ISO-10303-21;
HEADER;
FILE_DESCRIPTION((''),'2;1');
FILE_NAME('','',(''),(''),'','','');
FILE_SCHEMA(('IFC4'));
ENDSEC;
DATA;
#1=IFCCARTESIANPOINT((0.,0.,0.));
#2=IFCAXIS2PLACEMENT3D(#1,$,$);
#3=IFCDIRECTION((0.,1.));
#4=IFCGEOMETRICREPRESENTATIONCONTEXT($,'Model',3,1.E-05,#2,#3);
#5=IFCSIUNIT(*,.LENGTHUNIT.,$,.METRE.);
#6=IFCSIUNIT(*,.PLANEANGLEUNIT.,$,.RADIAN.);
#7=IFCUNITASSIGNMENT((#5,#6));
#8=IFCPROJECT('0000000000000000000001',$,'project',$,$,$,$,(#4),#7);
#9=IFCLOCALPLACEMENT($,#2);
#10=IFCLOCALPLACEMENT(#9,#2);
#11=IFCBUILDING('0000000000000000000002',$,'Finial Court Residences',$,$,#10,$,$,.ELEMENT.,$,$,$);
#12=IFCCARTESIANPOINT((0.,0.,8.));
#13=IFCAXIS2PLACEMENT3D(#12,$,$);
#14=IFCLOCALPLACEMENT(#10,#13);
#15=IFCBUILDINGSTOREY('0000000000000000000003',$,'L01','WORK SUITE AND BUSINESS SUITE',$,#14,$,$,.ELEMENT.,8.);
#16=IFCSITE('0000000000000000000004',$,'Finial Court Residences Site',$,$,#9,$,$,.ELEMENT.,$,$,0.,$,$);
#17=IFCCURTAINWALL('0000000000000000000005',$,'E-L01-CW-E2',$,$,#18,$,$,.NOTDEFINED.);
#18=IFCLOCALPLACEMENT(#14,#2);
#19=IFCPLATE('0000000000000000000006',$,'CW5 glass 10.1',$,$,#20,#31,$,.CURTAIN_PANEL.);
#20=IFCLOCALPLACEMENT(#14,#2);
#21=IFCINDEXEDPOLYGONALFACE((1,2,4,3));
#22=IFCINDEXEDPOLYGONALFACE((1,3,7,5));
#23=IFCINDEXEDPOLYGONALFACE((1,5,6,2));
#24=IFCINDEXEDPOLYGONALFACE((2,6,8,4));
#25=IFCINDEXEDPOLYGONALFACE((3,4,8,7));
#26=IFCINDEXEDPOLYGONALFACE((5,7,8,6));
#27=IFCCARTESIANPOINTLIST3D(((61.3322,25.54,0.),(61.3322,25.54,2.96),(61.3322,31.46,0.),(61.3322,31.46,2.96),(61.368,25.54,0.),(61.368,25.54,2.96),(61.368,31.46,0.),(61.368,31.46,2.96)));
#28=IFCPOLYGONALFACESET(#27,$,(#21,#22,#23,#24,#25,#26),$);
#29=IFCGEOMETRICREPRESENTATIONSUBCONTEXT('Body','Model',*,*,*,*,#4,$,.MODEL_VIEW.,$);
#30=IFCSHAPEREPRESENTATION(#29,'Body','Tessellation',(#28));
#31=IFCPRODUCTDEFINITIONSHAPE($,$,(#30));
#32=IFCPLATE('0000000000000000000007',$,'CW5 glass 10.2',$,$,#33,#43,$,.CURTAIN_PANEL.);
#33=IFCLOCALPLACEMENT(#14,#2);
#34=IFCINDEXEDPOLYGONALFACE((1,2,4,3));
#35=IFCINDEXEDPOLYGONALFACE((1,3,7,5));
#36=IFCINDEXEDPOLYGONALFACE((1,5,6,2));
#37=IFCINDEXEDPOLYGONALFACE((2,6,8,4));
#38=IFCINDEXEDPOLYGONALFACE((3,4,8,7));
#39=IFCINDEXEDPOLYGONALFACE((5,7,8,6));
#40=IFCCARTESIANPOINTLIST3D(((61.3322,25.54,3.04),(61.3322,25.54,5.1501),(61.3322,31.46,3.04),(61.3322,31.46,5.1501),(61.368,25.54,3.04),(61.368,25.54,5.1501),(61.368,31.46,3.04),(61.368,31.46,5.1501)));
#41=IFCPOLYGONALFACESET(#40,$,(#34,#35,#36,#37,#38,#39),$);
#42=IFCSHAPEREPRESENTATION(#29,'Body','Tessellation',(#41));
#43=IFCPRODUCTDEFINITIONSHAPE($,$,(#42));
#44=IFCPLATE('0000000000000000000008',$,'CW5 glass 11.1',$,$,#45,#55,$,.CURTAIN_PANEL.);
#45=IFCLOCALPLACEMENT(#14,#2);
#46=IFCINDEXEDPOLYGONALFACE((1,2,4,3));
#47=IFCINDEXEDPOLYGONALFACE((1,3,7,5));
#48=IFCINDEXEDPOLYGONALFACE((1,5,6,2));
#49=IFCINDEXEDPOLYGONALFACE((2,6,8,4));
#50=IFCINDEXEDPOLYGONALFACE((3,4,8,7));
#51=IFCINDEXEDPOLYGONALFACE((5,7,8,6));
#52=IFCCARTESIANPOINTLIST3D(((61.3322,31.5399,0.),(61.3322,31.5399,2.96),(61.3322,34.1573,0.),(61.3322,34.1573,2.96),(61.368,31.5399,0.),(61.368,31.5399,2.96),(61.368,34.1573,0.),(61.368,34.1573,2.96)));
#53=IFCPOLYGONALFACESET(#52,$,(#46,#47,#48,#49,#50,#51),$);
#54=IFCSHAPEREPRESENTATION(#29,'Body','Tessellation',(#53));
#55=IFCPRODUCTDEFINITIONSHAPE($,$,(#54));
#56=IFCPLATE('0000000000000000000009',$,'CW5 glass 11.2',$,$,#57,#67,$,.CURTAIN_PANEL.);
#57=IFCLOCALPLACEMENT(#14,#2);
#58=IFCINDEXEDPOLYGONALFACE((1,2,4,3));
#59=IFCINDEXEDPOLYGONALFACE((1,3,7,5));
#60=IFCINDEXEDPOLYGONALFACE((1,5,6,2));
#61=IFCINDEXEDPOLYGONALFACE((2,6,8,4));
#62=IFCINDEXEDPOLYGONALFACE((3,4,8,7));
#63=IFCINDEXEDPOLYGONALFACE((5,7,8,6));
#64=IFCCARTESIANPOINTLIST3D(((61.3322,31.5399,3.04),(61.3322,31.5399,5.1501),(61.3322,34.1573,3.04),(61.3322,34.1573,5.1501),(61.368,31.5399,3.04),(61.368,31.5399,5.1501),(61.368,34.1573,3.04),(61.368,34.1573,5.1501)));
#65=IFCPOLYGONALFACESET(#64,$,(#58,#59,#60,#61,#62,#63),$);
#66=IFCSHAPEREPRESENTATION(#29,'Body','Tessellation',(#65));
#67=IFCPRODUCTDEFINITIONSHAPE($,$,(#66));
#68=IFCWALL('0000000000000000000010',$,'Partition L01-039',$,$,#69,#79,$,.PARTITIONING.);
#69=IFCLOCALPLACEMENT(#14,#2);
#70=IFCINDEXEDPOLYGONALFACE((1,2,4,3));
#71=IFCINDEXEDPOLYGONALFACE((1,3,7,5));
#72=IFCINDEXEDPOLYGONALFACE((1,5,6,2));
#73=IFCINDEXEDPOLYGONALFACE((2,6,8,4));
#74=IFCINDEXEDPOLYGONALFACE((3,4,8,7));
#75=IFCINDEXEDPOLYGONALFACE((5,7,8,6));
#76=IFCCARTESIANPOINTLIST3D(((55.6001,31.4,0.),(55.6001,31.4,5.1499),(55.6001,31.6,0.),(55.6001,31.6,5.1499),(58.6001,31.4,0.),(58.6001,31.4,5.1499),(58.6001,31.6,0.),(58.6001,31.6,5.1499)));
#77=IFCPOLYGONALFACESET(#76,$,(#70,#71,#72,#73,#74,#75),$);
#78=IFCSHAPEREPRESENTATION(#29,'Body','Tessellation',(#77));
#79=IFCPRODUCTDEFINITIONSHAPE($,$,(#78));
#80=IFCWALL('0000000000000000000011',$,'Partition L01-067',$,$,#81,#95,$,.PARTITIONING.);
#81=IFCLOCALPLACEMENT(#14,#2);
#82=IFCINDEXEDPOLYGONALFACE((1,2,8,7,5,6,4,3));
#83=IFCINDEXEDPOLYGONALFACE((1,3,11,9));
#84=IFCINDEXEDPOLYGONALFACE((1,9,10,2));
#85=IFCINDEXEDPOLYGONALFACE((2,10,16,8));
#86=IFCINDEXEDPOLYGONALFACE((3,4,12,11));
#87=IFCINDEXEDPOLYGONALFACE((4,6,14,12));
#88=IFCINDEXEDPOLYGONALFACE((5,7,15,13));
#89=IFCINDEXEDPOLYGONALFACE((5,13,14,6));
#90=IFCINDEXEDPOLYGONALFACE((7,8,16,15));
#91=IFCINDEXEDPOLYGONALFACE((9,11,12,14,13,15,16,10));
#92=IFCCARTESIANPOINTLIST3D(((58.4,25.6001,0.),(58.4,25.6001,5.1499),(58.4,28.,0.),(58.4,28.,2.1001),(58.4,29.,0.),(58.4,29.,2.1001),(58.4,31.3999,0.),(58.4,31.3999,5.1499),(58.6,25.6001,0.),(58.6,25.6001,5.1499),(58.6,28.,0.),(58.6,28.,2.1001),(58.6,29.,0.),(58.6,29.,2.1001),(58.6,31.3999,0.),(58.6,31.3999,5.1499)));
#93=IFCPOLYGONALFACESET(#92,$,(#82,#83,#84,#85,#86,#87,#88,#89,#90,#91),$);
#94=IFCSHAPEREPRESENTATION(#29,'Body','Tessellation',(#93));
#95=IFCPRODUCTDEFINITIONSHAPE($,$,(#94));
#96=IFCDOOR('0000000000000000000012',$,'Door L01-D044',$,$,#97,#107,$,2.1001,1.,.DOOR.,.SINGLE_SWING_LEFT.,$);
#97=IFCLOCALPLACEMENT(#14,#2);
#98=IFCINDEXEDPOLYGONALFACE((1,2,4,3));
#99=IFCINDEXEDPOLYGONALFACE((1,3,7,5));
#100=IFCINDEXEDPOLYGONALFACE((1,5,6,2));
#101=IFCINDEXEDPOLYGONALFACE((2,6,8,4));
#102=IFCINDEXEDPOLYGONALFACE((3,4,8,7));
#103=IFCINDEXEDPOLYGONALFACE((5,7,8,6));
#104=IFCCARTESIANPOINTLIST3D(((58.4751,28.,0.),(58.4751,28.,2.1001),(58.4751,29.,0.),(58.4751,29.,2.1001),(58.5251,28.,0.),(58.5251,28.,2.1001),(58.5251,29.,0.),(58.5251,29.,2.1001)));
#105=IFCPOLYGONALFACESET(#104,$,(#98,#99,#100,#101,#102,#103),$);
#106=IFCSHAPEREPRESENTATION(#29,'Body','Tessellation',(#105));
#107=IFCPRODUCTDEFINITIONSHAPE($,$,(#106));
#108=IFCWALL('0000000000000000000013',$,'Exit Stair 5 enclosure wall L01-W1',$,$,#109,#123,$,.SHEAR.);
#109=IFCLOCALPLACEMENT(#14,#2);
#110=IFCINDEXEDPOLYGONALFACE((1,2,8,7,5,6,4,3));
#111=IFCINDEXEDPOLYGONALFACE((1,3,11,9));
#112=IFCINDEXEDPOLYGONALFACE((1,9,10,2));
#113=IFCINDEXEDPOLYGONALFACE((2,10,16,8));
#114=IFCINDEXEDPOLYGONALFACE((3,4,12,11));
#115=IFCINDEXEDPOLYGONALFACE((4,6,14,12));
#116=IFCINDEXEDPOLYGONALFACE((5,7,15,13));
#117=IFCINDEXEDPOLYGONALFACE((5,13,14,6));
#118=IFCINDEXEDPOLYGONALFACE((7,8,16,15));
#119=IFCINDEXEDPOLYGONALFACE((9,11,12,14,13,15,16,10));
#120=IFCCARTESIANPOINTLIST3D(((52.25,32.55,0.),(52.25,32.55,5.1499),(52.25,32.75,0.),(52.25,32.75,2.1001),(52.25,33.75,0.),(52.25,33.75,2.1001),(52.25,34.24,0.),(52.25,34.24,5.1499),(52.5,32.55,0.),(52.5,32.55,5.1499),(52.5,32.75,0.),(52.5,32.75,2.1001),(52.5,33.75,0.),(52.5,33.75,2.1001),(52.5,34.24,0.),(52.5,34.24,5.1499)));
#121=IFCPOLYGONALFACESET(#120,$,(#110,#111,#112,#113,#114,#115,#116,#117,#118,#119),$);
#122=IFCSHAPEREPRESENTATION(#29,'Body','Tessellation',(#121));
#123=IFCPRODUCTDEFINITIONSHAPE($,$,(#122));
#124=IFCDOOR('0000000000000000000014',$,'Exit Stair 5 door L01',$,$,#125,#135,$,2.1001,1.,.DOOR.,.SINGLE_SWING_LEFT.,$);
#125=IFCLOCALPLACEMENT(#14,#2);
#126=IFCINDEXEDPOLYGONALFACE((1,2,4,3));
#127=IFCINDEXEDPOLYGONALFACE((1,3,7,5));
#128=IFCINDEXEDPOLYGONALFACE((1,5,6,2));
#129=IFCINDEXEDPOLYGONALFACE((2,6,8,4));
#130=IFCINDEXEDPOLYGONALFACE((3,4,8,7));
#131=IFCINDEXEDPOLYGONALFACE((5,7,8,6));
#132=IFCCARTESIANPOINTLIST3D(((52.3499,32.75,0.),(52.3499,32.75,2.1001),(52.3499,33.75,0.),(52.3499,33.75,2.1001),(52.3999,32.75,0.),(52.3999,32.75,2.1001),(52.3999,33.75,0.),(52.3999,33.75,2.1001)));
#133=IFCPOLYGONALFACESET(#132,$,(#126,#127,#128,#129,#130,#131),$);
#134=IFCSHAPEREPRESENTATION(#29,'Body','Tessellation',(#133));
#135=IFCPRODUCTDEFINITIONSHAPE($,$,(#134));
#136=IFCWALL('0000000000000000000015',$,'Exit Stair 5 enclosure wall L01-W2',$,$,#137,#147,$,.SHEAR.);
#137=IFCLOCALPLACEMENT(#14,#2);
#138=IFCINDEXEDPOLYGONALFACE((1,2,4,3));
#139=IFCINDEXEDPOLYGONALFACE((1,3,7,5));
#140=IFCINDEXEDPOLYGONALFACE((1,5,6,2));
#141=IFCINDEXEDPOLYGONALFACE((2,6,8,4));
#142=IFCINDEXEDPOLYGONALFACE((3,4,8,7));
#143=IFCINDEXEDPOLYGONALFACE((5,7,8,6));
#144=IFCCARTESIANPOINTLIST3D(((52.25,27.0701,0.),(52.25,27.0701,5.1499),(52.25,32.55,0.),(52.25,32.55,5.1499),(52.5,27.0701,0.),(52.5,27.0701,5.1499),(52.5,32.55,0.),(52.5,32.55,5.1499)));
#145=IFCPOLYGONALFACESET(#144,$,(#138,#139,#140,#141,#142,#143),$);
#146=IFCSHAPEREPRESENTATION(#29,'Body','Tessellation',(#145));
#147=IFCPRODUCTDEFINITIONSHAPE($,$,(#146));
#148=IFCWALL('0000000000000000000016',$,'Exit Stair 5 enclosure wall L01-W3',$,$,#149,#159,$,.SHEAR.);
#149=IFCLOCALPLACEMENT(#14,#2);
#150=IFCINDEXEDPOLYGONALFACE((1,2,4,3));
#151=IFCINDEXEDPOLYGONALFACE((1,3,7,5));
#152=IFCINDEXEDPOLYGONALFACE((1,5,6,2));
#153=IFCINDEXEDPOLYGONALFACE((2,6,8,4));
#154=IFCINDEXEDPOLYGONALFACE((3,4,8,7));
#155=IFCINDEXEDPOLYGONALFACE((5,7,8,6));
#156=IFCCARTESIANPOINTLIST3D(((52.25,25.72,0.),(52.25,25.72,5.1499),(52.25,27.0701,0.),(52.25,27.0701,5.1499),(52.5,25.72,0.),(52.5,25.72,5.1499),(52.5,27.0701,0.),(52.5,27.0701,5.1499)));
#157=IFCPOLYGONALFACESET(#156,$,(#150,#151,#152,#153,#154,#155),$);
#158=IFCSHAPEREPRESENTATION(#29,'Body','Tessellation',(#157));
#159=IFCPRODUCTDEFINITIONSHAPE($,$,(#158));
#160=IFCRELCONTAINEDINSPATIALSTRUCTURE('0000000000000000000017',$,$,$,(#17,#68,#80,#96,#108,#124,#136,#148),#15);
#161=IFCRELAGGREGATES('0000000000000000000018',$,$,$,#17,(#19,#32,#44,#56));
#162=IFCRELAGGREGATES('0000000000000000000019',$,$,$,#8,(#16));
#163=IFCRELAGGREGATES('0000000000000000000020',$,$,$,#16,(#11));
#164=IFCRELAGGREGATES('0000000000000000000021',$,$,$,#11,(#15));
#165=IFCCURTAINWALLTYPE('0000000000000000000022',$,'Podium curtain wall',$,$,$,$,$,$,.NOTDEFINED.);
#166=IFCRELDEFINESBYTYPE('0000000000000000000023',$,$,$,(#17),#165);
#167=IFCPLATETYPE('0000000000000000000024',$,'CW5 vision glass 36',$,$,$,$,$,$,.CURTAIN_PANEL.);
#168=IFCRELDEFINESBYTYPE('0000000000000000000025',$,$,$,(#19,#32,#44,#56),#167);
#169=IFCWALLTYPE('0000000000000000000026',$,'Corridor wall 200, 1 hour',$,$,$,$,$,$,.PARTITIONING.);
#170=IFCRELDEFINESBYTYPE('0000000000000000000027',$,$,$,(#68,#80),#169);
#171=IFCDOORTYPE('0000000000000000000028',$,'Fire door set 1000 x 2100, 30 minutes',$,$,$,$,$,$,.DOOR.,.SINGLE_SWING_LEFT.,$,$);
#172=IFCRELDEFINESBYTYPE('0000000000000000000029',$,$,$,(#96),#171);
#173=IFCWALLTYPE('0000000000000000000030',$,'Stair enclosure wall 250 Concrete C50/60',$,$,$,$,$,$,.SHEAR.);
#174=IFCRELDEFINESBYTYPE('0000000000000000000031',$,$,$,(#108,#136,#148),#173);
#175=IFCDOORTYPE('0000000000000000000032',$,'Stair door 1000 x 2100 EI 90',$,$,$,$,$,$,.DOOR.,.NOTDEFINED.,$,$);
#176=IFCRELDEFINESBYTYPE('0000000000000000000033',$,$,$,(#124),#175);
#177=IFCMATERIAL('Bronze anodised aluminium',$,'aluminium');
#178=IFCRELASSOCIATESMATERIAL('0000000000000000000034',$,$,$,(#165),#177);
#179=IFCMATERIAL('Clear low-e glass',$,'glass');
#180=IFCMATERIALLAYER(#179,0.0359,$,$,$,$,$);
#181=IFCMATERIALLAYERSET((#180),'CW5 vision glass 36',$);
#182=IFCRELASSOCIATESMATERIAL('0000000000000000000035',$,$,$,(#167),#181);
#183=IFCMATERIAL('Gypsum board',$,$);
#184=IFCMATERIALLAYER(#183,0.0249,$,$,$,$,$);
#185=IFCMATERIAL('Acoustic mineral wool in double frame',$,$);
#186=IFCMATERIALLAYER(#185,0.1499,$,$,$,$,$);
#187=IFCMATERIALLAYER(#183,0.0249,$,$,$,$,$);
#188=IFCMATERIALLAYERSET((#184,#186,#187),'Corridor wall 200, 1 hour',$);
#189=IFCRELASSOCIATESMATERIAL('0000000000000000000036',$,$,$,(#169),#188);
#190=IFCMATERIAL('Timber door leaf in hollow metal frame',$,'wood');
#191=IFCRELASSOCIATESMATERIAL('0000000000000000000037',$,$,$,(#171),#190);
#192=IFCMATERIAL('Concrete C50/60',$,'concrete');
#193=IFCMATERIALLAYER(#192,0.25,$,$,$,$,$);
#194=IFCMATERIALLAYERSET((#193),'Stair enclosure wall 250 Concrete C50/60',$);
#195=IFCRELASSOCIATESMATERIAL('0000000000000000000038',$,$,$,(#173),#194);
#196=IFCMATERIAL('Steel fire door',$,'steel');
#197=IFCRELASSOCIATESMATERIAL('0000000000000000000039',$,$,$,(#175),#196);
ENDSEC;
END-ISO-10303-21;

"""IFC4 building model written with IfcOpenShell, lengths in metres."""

from ifc_helpers import new_model, si_unit, direction, frame, frame_2d, origin, origin_2d, place, context, subcontext, project, spatial, rectangle, extrude, material, layer, layer_set, type_object, element, fill, aggregate, save


model = new_model("IFC4")

# Units and contexts
model_context = context("Model", 3, precision=1e-05, world=origin(), true_north=direction((0.0, 1.0)))
body_context = subcontext(model_context, "Body", "Model", "MODEL_VIEW")
ifc_project = project(units=[si_unit("LENGTHUNIT", "METRE"), si_unit("PLANEANGLEUNIT", "RADIAN")], contexts=[model_context])

# Site, building, storey
site_placement = place(None, origin())
site = spatial("IfcSite", under=ifc_project, at=site_placement, Name="Finial Court Residences Site", CompositionType="ELEMENT", RefElevation=0.0)
building_placement = place(site_placement, origin())
building = spatial("IfcBuilding", under=site, at=building_placement, Name="Finial Court Residences", CompositionType="ELEMENT")
storey_placement = place(building_placement, frame((0.0, 0.0, 8.0)))
storey = spatial("IfcBuildingStorey", under=building, at=storey_placement, Name="L01", Description="WORK SUITE AND BUSINESS SUITE", CompositionType="ELEMENT", Elevation=8.0)

# Shared definitions
ifc_material_1 = material(Name="Concrete C50/60", Category="concrete")

# Curtain wall
ifc_material_2 = material(Name="Bronze anodised aluminium", Category="aluminium")
curtain_wall_type = type_object("IfcCurtainWallType", Name="Podium curtain wall", PredefinedType="NOTDEFINED", material=ifc_material_2)
curtain_wall_1_placement = place(storey_placement, origin())
curtain_wall_1 = element("IfcCurtainWall", 1, at=curtain_wall_1_placement, inside=storey, type_object=curtain_wall_type, Name="E-L01-CW-E2", PredefinedType="NOTDEFINED")

# Plates
ifc_material_3 = material(Name="Clear low-e glass", Category="glass")
ifc_layer_1 = layer(ifc_material_3, 0.0359)
ifc_layer_set_1 = layer_set([ifc_layer_1], Name="CW5 vision glass 36")
plate_type = type_object("IfcPlateType", Name="CW5 vision glass 36", PredefinedType="CURTAIN_PANEL", material=ifc_layer_set_1)
plate_1_placement = place(storey_placement, frame((61.3501, 28.5, 0.0), z_axis=(0.0, 0.0, 1.0), x_axis=(0.0, 1.0, 0.0)))
plate_1 = element("IfcPlate", 2, at=plate_1_placement, type_object=plate_type, Name="CW5 glass 10.1", PredefinedType="CURTAIN_PANEL", context=body_context, shape_type="SweptSolid", body=[
    extrude(rectangle(XDim=5.9199, YDim=0.0359, at=origin_2d()), origin(), (0.0, 0.0, 1.0), 2.96),
])
plate_2_placement = place(storey_placement, frame((61.3501, 28.5, 3.04), z_axis=(0.0, 0.0, 1.0), x_axis=(0.0, 1.0, 0.0)))
plate_2 = element("IfcPlate", 3, at=plate_2_placement, type_object=plate_type, Name="CW5 glass 10.2", PredefinedType="CURTAIN_PANEL", context=body_context, shape_type="SweptSolid", body=[
    extrude(rectangle(XDim=5.9199, YDim=0.0359, at=origin_2d()), origin(), (0.0, 0.0, 1.0), 2.1101),
])
plate_3_placement = place(storey_placement, frame((61.3501, 32.8486, 0.0), z_axis=(0.0, 0.0, 1.0), x_axis=(0.0, 1.0, 0.0)))
plate_3 = element("IfcPlate", 4, at=plate_3_placement, type_object=plate_type, Name="CW5 glass 11.1", PredefinedType="CURTAIN_PANEL", context=body_context, shape_type="SweptSolid", body=[
    extrude(rectangle(XDim=2.6174, YDim=0.0359, at=origin_2d()), origin(), (0.0, 0.0, 1.0), 2.96),
])
plate_4_placement = place(storey_placement, frame((61.3501, 32.8486, 3.04), z_axis=(0.0, 0.0, 1.0), x_axis=(0.0, 1.0, 0.0)))
plate_4 = element("IfcPlate", 5, at=plate_4_placement, type_object=plate_type, Name="CW5 glass 11.2", PredefinedType="CURTAIN_PANEL", context=body_context, shape_type="SweptSolid", body=[
    extrude(rectangle(XDim=2.6174, YDim=0.0359, at=origin_2d()), origin(), (0.0, 0.0, 1.0), 2.1101),
])
aggregate(curtain_wall_1, [plate_1, plate_2, plate_3, plate_4])

# Wall
ifc_material_4 = material(Name="Gypsum board")
ifc_layer_2 = layer(ifc_material_4, 0.0249)
ifc_material_5 = material(Name="Acoustic mineral wool in double frame")
ifc_layer_3 = layer(ifc_material_5, 0.1499)
ifc_layer_4 = layer(ifc_material_4, 0.0249)
ifc_layer_set_2 = layer_set([ifc_layer_2, ifc_layer_3, ifc_layer_4], Name="Corridor wall 200, 1 hour")
wall_type_1 = type_object("IfcWallType", Name="Corridor wall 200, 1 hour", PredefinedType="PARTITIONING", material=ifc_layer_set_2)
wall_1_placement = place(storey_placement, frame((55.6001, 31.5, 0.0), z_axis=(0.0, 0.0, 1.0), x_axis=(1.0, 0.0, 0.0)))
element("IfcWall", 6, at=wall_1_placement, inside=storey, type_object=wall_type_1, Name="Partition L01-039", PredefinedType="PARTITIONING", context=body_context, shape_type="SweptSolid", body=[
    extrude(rectangle(XDim=3.0, YDim=0.2, at=frame_2d((1.5, 0.0))), origin(), (0.0, 0.0, 1.0), 5.1499),
])

# Walls, openings, doors
wall_2_placement = place(storey_placement, frame((58.5, 25.6001, 0.0), z_axis=(0.0, 0.0, 1.0), x_axis=(0.0, 1.0, 0.0)))
wall_2 = element("IfcWall", 7, at=wall_2_placement, inside=storey, type_object=wall_type_1, Name="Partition L01-067", PredefinedType="PARTITIONING", context=body_context, shape_type="SweptSolid", body=[
    extrude(rectangle(XDim=5.7998, YDim=0.2, at=frame_2d((2.8999, 0.0))), origin(), (0.0, 0.0, 1.0), 5.1499),
])
opening_1_placement = place(wall_2_placement, frame((2.3999, 0.0, 0.0)))
opening_1 = element("IfcOpeningElement", 8, at=opening_1_placement, cuts=wall_2, PredefinedType="OPENING", context=body_context, shape_type="SweptSolid", body=[
    extrude(rectangle(XDim=1.0, YDim=2.1001, at=frame_2d((0.5, 1.05))), frame((0.0, 0.1099, 0.0), z_axis=(0.0, -1.0, 0.0), x_axis=(1.0, 0.0, 0.0)), (0.0, 0.0, 1.0), 0.22),
])
ifc_material_6 = material(Name="Timber door leaf in hollow metal frame", Category="wood")
door_type_1 = type_object("IfcDoorType", Name="Fire door set 1000 x 2100, 30 minutes", OperationType="SINGLE_SWING_LEFT", PredefinedType="DOOR", material=ifc_material_6)
door_1_placement = place(opening_1_placement, origin())
door_1 = element("IfcDoor", 9, at=door_1_placement, inside=storey, type_object=door_type_1, Name="Door L01-D044", OperationType="SINGLE_SWING_LEFT", OverallHeight=2.1001, OverallWidth=1.0, PredefinedType="DOOR", context=body_context, shape_type="SweptSolid", body=[
    extrude(rectangle(XDim=1.0, YDim=2.1001, at=frame_2d((0.5, 1.05))), frame((0.0, 0.0249, 0.0), z_axis=(0.0, -1.0, 0.0), x_axis=(1.0, 0.0, 0.0)), (0.0, 0.0, 1.0), 0.05),
])
fill(opening_1, door_1)
ifc_layer_5 = layer(ifc_material_1, 0.25)
ifc_layer_set_3 = layer_set([ifc_layer_5], Name="Stair enclosure wall 250 Concrete C50/60")
wall_type_2 = type_object("IfcWallType", Name="Stair enclosure wall 250 Concrete C50/60", PredefinedType="SHEAR", material=ifc_layer_set_3)
wall_3_placement = place(storey_placement, frame((52.375, 34.24, 0.0), z_axis=(0.0, 0.0, 1.0), x_axis=(0.0, -1.0, 0.0)))
wall_3 = element("IfcWall", 10, at=wall_3_placement, inside=storey, type_object=wall_type_2, Name="Exit Stair 5 enclosure wall L01-W1", PredefinedType="SHEAR", context=body_context, shape_type="SweptSolid", body=[
    extrude(rectangle(XDim=1.6899, YDim=0.25, at=frame_2d((0.845, 0.0))), origin(), (0.0, 0.0, 1.0), 5.1499),
])
opening_2_placement = place(wall_3_placement, frame((0.49, 0.0, 0.0)))
opening_2 = element("IfcOpeningElement", 11, at=opening_2_placement, cuts=wall_3, PredefinedType="OPENING", context=body_context, shape_type="SweptSolid", body=[
    extrude(rectangle(XDim=1.0, YDim=2.1001, at=frame_2d((0.5, 1.05))), frame((0.0, 0.135, 0.0), z_axis=(0.0, -1.0, 0.0), x_axis=(1.0, 0.0, 0.0)), (0.0, 0.0, 1.0), 0.27),
])
ifc_material_7 = material(Name="Steel fire door", Category="steel")
door_type_2 = type_object("IfcDoorType", Name="Stair door 1000 x 2100 EI 90", OperationType="NOTDEFINED", PredefinedType="DOOR", material=ifc_material_7)
door_2_placement = place(opening_2_placement, origin())
door_2 = element("IfcDoor", 12, at=door_2_placement, inside=storey, type_object=door_type_2, Name="Exit Stair 5 door L01", OperationType="SINGLE_SWING_LEFT", OverallHeight=2.1001, OverallWidth=1.0, PredefinedType="DOOR", context=body_context, shape_type="SweptSolid", body=[
    extrude(rectangle(XDim=1.0, YDim=2.1001, at=frame_2d((0.5, 1.05))), frame((0.0, 0.0249, 0.0), z_axis=(0.0, -1.0, 0.0), x_axis=(1.0, 0.0, 0.0)), (0.0, 0.0, 1.0), 0.05),
])
fill(opening_2, door_2)

# Walls
wall_4_placement = place(storey_placement, frame((52.375, 27.0701, 0.0), z_axis=(0.0, 0.0, 1.0), x_axis=(0.0, 1.0, 0.0)))
element("IfcWall", 13, at=wall_4_placement, inside=storey, type_object=wall_type_2, Name="Exit Stair 5 enclosure wall L01-W2", PredefinedType="SHEAR", context=body_context, shape_type="SweptSolid", body=[
    extrude(rectangle(XDim=5.48, YDim=0.25, at=frame_2d((2.74, 0.0))), origin(), (0.0, 0.0, 1.0), 5.1499),
])
wall_5_placement = place(storey_placement, frame((52.375, 25.72, 0.0), z_axis=(0.0, 0.0, 1.0), x_axis=(0.0, 1.0, 0.0)))
element("IfcWall", 14, at=wall_5_placement, inside=storey, type_object=wall_type_2, Name="Exit Stair 5 enclosure wall L01-W3", PredefinedType="SHEAR", context=body_context, shape_type="SweptSolid", body=[
    extrude(rectangle(XDim=1.3501, YDim=0.25, at=frame_2d((0.675, 0.0))), origin(), (0.0, 0.0, 1.0), 5.1499),
])

save(model, "model.ifc")
